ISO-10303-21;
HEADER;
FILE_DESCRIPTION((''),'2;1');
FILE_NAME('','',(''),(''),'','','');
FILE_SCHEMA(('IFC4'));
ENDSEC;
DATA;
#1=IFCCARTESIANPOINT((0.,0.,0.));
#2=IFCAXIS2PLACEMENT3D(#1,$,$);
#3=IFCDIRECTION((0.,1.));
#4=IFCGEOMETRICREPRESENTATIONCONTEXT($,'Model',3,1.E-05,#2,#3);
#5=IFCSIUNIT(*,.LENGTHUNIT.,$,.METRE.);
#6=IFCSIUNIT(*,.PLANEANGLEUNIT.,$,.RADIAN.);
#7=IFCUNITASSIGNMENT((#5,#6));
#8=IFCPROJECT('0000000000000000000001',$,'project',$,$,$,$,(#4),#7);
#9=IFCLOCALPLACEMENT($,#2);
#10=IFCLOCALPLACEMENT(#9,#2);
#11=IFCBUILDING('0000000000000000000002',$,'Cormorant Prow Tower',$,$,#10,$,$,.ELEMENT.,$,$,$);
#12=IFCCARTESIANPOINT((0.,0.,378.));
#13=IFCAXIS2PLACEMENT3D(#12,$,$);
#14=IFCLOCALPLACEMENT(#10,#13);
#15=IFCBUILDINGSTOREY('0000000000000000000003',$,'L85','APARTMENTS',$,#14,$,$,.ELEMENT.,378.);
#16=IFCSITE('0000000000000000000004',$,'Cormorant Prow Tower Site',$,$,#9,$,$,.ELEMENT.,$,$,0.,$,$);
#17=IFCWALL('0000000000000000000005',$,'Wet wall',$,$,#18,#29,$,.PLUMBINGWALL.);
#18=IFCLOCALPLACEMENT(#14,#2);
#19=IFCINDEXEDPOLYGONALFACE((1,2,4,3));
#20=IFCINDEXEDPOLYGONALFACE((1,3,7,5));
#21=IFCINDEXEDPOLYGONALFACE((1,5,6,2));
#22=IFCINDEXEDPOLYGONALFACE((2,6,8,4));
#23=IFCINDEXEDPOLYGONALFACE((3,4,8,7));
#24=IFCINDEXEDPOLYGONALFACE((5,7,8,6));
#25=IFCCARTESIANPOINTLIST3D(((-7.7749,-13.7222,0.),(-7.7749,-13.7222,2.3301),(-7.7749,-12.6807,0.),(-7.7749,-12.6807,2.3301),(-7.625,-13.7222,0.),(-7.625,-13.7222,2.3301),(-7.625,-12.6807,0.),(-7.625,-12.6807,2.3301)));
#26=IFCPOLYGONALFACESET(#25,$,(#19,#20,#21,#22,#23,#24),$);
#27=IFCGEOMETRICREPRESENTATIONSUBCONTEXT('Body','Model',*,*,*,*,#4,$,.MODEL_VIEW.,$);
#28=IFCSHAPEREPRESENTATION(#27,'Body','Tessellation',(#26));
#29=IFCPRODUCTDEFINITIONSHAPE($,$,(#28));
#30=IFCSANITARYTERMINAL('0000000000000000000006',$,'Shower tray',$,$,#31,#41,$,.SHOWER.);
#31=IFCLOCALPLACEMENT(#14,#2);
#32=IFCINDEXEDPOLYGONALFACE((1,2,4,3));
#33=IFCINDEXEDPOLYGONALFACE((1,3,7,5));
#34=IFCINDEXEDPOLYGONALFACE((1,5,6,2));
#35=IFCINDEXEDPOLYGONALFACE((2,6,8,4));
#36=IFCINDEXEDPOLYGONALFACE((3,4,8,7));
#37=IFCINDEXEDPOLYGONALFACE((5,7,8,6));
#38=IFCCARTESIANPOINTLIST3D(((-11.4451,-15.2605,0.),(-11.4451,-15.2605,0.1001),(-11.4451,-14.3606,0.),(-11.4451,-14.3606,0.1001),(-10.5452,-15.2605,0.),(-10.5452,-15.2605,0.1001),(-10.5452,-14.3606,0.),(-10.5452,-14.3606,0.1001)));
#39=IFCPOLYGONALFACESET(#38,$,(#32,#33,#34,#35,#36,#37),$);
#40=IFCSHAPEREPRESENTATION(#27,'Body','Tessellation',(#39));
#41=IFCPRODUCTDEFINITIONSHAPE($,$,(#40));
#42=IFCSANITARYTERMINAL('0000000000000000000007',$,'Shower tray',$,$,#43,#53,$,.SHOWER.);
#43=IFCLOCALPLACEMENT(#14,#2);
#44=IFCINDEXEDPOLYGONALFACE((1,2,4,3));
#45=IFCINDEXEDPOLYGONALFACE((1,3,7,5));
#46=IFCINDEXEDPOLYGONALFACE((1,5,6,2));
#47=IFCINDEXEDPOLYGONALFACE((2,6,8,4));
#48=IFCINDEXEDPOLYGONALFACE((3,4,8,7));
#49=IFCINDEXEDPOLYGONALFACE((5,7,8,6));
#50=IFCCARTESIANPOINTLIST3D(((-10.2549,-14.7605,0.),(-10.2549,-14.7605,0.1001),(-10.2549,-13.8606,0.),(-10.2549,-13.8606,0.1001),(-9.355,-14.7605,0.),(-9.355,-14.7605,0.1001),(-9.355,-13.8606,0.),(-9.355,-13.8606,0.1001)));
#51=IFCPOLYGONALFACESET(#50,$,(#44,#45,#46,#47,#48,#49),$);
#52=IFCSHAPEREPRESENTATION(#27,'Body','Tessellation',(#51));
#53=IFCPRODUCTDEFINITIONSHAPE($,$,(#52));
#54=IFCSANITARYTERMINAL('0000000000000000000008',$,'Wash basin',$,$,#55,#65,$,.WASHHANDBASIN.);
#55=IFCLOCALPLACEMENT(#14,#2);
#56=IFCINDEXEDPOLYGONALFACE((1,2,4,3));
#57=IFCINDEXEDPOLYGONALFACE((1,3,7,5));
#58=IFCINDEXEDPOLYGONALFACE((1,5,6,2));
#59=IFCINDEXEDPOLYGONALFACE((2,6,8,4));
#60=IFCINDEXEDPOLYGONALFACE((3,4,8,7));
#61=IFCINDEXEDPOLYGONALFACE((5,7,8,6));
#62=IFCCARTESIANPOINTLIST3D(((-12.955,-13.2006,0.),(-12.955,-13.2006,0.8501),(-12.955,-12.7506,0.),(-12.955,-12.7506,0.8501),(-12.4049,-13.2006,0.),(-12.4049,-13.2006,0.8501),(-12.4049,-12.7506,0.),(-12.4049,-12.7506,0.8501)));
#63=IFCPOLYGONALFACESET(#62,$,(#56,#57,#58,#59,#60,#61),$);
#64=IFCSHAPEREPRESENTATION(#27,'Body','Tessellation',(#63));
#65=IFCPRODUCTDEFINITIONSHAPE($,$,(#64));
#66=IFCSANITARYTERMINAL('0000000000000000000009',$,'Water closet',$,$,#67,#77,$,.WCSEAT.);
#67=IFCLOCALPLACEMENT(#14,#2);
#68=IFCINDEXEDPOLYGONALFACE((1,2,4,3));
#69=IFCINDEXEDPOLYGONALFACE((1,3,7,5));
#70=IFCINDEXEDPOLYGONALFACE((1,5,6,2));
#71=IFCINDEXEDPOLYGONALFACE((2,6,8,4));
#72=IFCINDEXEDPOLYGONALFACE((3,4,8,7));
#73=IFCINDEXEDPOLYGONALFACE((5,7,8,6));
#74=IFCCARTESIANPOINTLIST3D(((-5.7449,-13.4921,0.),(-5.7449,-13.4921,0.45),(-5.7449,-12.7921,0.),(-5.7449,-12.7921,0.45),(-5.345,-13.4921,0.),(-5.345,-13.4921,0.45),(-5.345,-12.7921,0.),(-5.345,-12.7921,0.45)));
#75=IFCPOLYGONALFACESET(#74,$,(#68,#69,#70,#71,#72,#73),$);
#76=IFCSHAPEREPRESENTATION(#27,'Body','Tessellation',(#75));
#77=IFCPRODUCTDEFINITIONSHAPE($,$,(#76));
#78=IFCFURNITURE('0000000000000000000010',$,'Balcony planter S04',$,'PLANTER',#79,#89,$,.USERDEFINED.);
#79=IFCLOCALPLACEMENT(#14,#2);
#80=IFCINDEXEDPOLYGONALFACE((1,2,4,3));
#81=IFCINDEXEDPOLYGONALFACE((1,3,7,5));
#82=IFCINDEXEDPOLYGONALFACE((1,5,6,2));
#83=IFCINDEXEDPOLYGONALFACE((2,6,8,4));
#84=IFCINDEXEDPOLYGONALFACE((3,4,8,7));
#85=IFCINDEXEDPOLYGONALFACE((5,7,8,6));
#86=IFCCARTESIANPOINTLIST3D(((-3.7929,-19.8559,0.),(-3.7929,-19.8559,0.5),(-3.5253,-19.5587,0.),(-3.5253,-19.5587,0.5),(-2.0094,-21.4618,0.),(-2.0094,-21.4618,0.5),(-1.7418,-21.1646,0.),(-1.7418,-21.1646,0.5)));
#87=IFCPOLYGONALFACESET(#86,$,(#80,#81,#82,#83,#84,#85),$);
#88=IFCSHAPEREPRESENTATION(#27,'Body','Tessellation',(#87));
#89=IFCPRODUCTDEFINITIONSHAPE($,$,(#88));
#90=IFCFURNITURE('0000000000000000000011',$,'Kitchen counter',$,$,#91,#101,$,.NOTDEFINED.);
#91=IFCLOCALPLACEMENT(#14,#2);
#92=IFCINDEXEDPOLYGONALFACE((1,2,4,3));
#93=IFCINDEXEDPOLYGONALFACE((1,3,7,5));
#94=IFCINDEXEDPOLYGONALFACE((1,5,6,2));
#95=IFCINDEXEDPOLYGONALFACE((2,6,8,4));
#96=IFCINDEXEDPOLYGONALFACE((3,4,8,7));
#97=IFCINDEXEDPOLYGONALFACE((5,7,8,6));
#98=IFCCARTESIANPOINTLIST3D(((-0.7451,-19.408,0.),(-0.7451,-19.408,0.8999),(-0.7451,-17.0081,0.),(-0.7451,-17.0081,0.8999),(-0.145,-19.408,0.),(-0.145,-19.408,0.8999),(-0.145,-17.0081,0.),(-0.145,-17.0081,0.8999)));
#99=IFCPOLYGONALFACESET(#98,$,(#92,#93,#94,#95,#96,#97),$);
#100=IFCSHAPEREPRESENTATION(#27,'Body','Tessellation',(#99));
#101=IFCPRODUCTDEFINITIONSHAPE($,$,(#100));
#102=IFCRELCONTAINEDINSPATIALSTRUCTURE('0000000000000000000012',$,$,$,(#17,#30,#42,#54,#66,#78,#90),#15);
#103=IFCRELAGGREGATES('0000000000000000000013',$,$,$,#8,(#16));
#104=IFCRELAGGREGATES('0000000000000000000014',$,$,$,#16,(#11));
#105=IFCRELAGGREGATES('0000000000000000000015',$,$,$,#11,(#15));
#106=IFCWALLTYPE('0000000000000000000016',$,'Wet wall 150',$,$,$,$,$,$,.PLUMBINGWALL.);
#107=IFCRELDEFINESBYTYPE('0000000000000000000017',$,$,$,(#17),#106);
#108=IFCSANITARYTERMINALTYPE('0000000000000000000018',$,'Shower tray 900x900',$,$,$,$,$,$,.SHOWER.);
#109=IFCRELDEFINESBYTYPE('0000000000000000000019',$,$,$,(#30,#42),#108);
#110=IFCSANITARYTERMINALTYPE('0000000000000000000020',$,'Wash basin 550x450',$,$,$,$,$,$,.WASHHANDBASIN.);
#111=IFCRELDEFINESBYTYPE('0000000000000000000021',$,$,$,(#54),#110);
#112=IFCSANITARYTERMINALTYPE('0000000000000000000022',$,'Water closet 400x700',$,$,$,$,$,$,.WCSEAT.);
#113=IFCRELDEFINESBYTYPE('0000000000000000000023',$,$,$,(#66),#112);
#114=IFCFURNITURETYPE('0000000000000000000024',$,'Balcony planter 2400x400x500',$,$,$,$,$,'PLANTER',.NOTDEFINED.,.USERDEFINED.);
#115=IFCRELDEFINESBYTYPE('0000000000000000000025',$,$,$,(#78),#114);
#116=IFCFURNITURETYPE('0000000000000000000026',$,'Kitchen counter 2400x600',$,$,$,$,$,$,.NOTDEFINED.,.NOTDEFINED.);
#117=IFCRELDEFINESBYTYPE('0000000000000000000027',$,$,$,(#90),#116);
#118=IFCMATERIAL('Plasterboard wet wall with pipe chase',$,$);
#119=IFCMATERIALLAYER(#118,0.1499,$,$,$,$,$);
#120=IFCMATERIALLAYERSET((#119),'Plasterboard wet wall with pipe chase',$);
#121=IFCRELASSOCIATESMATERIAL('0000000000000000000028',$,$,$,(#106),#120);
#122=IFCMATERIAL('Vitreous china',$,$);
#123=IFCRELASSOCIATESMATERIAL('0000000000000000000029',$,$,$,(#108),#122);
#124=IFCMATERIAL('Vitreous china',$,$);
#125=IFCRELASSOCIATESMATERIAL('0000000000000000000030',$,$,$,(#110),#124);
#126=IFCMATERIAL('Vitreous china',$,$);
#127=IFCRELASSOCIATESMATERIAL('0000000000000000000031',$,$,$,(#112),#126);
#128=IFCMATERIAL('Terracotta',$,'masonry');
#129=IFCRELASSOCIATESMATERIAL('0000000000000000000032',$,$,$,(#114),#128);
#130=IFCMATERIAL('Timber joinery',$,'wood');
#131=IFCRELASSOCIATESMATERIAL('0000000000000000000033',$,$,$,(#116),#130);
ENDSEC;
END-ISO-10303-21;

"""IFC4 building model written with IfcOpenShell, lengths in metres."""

from ifc_helpers import new_model, si_unit, direction, frame, frame_2d, origin, origin_2d, place, context, subcontext, project, spatial, rectangle, extrude, material, layer, layer_set, type_object, element, save


model = new_model("IFC4")

# Units and contexts
model_context = context("Model", 3, precision=1e-05, world=origin(), true_north=direction((0.0, 1.0)))
body_context = subcontext(model_context, "Body", "Model", "MODEL_VIEW")
ifc_project = project(units=[si_unit("LENGTHUNIT", "METRE"), si_unit("PLANEANGLEUNIT", "RADIAN")], contexts=[model_context])

# Site, building, storey
site_placement = place(None, origin())
site = spatial("IfcSite", under=ifc_project, at=site_placement, Name="Cormorant Prow Tower Site", CompositionType="ELEMENT", RefElevation=0.0)
building_placement = place(site_placement, origin())
building = spatial("IfcBuilding", under=site, at=building_placement, Name="Cormorant Prow Tower", CompositionType="ELEMENT")
storey_placement = place(building_placement, frame((0.0, 0.0, 378.0)))
storey = spatial("IfcBuildingStorey", under=building, at=storey_placement, Name="L85", Description="APARTMENTS", CompositionType="ELEMENT", Elevation=378.0)

# Wall
ifc_material_1 = material(Name="Plasterboard wet wall with pipe chase")
ifc_layer_1 = layer(ifc_material_1, 0.1499)
ifc_layer_set_1 = layer_set([ifc_layer_1], Name="Plasterboard wet wall with pipe chase")
wall_type_1 = type_object("IfcWallType", Name="Wet wall 150", PredefinedType="PLUMBINGWALL", material=ifc_layer_set_1)
wall_1_placement = place(storey_placement, frame((-7.7, -13.7222, 0.0), z_axis=(0.0, 0.0, 1.0), x_axis=(0.0, 1.0, 0.0)))
element("IfcWall", 1, at=wall_1_placement, inside=storey, type_object=wall_type_1, Name="Wet wall", PredefinedType="PLUMBINGWALL", context=body_context, shape_type="SweptSolid", body=[
    extrude(rectangle(XDim=1.0415, YDim=0.1499, at=frame_2d((0.5208, 0.0))), origin(), (0.0, 0.0, 1.0), 2.3301),
])

# Sanitary terminals
ifc_material_2 = material(Name="Vitreous china")
sanitary_terminal_type_1 = type_object("IfcSanitaryTerminalType", Name="Shower tray 900x900", PredefinedType="SHOWER", material=ifc_material_2)
for number, where, z_axis, x_axis, name in (
    (2, (-10.9951, -14.8105, 0.0), (0.0, 0.0, 1.0), (-1.0, 0.0, 0.0), "Shower tray"),
    (3, (-9.8049, -14.3105, 0.0), (0.0, 0.0, 1.0), (1.0, 0.0, 0.0), "Shower tray"),
):
    element("IfcSanitaryTerminal", number, at=place(storey_placement, frame(where, z_axis=z_axis, x_axis=x_axis)), inside=storey, type_object=sanitary_terminal_type_1, Name=name, PredefinedType="SHOWER", context=body_context, shape_type="SweptSolid", body=[
        extrude(rectangle(XDim=0.8999, YDim=0.8999, at=origin_2d()), origin(), (0.0, 0.0, 1.0), 0.1001),
    ])
ifc_material_3 = material(Name="Vitreous china")
sanitary_terminal_type_2 = type_object("IfcSanitaryTerminalType", Name="Wash basin 550x450", PredefinedType="WASHHANDBASIN", material=ifc_material_3)
sanitary_terminal_1_placement = place(storey_placement, frame((-12.6799, -12.9756, 0.0), z_axis=(0.0, 0.0, 1.0), x_axis=(1.0, 0.0, 0.0)))
element("IfcSanitaryTerminal", 4, at=sanitary_terminal_1_placement, inside=storey, type_object=sanitary_terminal_type_2, Name="Wash basin", PredefinedType="WASHHANDBASIN", context=body_context, shape_type="SweptSolid", body=[
    extrude(rectangle(XDim=0.55, YDim=0.45, at=origin_2d()), origin(), (0.0, 0.0, 1.0), 0.8501),
])
ifc_material_4 = material(Name="Vitreous china")
sanitary_terminal_type_3 = type_object("IfcSanitaryTerminalType", Name="Water closet 400x700", PredefinedType="WCSEAT", material=ifc_material_4)
sanitary_terminal_2_placement = place(storey_placement, frame((-5.5449, -13.1421, 0.0), z_axis=(0.0, 0.0, 1.0), x_axis=(-1.0, 0.0, 0.0)))
element("IfcSanitaryTerminal", 5, at=sanitary_terminal_2_placement, inside=storey, type_object=sanitary_terminal_type_3, Name="Water closet", PredefinedType="WCSEAT", context=body_context, shape_type="SweptSolid", body=[
    extrude(rectangle(XDim=0.3999, YDim=0.7, at=origin_2d()), origin(), (0.0, 0.0, 1.0), 0.45),
])

# Furniture
ifc_material_5 = material(Name="Terracotta", Category="masonry")
furniture_type_1 = type_object("IfcFurnitureType", Name="Balcony planter 2400x400x500", ElementType="PLANTER", AssemblyPlace="NOTDEFINED", PredefinedType="USERDEFINED", material=ifc_material_5)
furniture_1_placement = place(storey_placement, frame((-2.7673, -20.5103, 0.0), z_axis=(0.0, 0.0, 1.0), x_axis=(0.743145, -0.669131, 0.0)))
element("IfcFurniture", 6, at=furniture_1_placement, inside=storey, type_object=furniture_type_1, Name="Balcony planter S04", ObjectType="PLANTER", PredefinedType="USERDEFINED", context=body_context, shape_type="SweptSolid", body=[
    extrude(rectangle(XDim=2.3999, YDim=0.3999, at=origin_2d()), origin(), (0.0, 0.0, 1.0), 0.5),
])
ifc_material_6 = material(Name="Timber joinery", Category="wood")
furniture_type_2 = type_object("IfcFurnitureType", Name="Kitchen counter 2400x600", AssemblyPlace="NOTDEFINED", PredefinedType="NOTDEFINED", material=ifc_material_6)
furniture_2_placement = place(storey_placement, frame((-0.4451, -18.208, 0.0), z_axis=(0.0, 0.0, 1.0), x_axis=(0.0, -1.0, 0.0)))
element("IfcFurniture", 7, at=furniture_2_placement, inside=storey, type_object=furniture_type_2, Name="Kitchen counter", PredefinedType="NOTDEFINED", context=body_context, shape_type="SweptSolid", body=[
    extrude(rectangle(XDim=2.3999, YDim=0.6001, at=origin_2d()), origin(), (0.0, 0.0, 1.0), 0.8999),
])

save(model, "model.ifc")
